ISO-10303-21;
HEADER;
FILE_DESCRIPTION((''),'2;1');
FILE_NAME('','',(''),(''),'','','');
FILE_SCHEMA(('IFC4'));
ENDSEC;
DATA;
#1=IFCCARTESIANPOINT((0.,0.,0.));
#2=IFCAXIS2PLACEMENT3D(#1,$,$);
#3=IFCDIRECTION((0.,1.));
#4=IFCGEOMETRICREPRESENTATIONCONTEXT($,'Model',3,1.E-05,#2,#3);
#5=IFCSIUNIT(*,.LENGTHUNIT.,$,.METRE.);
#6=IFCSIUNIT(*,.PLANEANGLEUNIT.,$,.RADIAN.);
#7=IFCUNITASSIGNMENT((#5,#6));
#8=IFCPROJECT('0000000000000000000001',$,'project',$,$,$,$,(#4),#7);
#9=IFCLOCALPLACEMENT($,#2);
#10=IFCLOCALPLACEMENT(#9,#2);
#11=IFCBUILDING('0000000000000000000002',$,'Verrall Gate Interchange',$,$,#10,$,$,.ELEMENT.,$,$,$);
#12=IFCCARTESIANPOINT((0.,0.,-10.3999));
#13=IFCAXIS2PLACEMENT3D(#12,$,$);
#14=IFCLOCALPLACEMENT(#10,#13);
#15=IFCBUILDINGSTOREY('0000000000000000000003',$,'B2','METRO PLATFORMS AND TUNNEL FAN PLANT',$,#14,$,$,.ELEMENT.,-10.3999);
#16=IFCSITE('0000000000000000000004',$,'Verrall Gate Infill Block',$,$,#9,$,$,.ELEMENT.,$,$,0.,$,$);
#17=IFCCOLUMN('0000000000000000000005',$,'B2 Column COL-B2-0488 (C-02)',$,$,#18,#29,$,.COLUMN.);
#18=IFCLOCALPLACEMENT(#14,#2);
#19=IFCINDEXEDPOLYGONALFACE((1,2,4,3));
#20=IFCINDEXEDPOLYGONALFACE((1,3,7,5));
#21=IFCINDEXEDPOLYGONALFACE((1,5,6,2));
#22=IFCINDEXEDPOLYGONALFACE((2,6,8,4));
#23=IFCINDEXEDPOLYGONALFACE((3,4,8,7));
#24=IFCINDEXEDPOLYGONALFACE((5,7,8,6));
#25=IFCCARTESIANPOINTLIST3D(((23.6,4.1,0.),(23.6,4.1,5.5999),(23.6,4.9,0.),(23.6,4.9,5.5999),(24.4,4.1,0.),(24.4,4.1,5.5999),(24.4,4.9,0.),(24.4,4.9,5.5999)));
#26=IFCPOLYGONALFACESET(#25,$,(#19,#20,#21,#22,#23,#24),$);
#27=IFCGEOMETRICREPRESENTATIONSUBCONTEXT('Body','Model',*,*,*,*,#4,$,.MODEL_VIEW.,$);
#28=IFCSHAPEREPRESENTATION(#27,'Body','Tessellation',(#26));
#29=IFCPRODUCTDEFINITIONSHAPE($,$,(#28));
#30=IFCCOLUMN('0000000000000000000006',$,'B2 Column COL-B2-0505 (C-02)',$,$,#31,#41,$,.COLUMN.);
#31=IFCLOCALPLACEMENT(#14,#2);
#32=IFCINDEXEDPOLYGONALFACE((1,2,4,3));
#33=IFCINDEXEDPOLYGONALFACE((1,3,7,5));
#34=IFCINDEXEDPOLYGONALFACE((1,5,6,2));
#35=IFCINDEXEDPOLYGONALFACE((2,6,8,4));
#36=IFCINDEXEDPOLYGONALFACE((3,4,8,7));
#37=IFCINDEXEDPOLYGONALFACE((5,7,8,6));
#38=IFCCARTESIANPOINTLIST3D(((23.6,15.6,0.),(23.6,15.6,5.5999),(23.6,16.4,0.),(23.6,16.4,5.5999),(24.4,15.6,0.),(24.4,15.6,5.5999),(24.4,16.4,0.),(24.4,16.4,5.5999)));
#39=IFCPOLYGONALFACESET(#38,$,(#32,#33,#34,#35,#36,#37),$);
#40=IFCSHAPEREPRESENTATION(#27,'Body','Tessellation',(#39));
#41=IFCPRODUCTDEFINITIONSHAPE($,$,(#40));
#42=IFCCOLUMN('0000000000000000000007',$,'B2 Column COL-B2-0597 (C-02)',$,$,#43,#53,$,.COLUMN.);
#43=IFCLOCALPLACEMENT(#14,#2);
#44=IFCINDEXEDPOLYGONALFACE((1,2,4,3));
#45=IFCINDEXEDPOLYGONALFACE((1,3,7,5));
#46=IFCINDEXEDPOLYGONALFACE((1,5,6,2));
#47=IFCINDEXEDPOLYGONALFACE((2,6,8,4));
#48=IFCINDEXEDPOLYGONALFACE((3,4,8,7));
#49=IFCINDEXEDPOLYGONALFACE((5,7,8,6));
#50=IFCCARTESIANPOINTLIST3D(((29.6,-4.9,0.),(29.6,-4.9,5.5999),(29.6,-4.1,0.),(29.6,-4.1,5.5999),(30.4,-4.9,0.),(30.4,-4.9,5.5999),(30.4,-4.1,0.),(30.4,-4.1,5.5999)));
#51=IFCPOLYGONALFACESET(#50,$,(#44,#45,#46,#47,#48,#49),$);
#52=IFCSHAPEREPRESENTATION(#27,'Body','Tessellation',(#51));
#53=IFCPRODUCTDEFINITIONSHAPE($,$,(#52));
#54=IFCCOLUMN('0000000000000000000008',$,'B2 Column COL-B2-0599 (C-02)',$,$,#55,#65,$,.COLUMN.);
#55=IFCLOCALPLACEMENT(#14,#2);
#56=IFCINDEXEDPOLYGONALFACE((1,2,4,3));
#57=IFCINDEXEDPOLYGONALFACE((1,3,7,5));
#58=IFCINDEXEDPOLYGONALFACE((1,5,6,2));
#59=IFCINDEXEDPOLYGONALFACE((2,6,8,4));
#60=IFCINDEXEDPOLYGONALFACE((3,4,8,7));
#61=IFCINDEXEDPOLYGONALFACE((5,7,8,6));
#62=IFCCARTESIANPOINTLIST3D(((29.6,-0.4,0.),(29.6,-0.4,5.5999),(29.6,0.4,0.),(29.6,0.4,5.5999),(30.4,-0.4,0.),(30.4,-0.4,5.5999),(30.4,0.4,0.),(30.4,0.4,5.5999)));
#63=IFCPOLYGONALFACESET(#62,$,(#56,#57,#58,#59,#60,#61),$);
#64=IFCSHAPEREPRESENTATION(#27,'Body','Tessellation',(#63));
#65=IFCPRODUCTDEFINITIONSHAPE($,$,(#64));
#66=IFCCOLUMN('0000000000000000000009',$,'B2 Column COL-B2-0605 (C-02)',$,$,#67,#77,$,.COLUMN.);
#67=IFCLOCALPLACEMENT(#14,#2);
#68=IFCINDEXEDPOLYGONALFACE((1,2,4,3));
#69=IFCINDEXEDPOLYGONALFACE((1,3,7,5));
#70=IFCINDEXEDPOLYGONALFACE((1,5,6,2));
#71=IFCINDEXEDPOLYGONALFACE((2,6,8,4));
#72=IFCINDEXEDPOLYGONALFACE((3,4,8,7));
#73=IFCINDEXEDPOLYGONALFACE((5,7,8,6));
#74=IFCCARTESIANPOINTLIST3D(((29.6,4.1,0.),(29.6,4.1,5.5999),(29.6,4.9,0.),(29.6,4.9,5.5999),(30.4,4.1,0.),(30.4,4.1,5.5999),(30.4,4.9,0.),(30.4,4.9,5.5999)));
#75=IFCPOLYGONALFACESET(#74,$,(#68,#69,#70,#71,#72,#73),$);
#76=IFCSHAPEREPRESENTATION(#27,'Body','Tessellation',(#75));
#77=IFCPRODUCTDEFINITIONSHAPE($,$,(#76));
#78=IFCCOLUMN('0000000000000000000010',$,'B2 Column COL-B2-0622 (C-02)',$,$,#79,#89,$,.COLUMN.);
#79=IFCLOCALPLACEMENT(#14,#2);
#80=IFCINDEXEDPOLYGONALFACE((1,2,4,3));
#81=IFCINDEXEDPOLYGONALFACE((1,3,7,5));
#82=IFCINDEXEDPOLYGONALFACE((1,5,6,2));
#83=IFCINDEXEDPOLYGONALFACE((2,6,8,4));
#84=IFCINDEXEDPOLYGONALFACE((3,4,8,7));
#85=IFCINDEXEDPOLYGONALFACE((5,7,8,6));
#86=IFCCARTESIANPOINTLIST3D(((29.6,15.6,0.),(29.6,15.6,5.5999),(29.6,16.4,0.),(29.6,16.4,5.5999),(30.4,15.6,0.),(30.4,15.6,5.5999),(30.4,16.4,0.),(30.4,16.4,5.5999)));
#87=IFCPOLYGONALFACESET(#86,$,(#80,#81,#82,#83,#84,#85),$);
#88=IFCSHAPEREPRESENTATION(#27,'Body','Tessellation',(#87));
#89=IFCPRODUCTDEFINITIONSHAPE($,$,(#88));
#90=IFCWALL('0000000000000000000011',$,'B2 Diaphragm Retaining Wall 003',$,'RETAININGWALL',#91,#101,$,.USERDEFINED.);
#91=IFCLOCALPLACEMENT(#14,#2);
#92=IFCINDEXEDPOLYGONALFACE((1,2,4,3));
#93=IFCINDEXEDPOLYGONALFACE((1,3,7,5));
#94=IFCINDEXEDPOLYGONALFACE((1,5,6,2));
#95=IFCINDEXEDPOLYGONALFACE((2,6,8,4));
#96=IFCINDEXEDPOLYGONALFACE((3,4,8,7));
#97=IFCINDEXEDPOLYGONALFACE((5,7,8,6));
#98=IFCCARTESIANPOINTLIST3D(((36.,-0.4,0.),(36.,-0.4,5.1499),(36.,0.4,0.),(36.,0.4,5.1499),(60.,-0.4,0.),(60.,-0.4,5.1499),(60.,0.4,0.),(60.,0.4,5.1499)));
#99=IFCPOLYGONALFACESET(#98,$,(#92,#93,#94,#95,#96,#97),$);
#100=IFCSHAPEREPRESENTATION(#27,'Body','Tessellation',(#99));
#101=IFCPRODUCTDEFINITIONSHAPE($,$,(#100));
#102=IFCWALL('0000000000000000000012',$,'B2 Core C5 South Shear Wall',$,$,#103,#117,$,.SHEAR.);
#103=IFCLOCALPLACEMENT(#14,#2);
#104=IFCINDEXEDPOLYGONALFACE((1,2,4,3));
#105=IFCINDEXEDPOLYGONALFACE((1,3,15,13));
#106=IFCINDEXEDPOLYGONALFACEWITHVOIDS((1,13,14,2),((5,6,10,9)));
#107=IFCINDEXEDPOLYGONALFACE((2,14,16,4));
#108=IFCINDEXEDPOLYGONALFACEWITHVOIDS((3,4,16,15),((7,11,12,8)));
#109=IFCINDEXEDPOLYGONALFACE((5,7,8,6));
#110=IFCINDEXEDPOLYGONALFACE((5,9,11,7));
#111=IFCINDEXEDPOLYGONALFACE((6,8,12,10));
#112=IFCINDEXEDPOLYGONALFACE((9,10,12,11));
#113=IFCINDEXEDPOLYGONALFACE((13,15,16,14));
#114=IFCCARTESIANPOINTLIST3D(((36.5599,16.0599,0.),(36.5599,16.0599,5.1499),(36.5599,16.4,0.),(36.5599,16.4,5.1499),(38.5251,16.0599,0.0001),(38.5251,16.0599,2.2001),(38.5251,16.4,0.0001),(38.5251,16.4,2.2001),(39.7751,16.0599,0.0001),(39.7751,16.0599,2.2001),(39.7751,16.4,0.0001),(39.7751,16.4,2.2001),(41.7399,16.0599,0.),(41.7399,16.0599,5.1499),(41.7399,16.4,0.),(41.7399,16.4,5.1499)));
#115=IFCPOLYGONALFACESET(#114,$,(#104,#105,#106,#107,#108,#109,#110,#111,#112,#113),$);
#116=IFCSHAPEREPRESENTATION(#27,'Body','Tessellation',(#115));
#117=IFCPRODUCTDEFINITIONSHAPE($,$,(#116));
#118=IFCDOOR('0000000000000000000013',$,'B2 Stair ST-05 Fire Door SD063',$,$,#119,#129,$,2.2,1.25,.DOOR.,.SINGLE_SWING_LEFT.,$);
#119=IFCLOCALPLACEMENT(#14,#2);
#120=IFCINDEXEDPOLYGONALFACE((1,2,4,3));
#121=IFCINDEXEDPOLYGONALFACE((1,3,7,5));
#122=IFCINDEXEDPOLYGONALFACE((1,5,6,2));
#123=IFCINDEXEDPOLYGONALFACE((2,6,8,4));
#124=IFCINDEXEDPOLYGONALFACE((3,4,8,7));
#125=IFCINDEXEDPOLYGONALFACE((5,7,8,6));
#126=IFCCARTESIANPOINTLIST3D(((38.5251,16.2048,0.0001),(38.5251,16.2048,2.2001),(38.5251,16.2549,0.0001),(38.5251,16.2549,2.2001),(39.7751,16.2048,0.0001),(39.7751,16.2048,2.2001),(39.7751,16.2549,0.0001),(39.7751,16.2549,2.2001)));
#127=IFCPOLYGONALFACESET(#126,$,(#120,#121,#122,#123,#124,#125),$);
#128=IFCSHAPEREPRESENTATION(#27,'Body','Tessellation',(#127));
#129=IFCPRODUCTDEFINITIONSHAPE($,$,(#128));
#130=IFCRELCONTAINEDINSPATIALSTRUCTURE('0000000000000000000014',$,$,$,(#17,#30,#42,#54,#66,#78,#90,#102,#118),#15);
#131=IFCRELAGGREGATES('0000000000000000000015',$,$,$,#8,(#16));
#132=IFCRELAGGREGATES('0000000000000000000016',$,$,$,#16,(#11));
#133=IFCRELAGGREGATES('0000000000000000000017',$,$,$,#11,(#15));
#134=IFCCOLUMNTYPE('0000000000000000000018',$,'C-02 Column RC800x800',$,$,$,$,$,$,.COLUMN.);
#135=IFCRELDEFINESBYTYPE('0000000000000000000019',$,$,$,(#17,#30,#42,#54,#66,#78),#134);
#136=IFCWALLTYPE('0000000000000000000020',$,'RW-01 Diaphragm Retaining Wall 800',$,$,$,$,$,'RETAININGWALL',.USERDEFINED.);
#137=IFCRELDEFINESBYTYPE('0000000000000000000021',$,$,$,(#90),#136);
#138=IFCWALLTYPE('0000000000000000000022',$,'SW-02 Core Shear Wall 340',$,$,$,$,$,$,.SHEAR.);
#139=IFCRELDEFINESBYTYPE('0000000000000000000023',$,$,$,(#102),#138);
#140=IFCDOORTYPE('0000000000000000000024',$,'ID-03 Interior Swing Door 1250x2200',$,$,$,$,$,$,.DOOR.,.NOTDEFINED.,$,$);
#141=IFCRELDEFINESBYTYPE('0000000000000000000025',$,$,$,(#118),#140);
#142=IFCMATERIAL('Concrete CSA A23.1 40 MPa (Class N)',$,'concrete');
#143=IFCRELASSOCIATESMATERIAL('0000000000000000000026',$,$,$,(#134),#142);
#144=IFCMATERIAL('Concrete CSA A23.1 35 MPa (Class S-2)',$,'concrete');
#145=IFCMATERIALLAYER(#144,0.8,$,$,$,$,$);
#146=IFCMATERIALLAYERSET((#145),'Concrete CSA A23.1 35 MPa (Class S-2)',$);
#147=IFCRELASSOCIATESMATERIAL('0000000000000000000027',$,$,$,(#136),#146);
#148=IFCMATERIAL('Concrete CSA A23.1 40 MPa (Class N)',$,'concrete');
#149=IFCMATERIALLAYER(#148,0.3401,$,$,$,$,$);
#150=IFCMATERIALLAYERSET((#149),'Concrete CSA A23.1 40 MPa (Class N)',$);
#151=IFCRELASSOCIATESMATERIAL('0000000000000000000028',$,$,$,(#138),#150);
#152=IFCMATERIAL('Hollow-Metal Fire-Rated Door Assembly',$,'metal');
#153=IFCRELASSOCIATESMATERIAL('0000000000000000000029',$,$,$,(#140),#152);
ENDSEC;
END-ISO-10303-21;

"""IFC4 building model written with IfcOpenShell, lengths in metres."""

from ifc_helpers import new_model, si_unit, direction, frame, frame_2d, origin, origin_2d, place, context, subcontext, project, spatial, rectangle, extrude, material, layer, layer_set, material_profile, profile_set, type_object, element, fill, save


model = new_model("IFC4")

# Units and contexts
model_context = context("Model", 3, precision=1e-05, world=origin(), true_north=direction((0.0, 1.0)))
body_context = subcontext(model_context, "Body", "Model", "MODEL_VIEW")
ifc_project = project(units=[si_unit("LENGTHUNIT", "METRE"), si_unit("PLANEANGLEUNIT", "RADIAN")], contexts=[model_context])

# Site, building, storey
site_placement = place(None, origin())
site = spatial("IfcSite", under=ifc_project, at=site_placement, Name="Verrall Gate Infill Block", CompositionType="ELEMENT", RefElevation=0.0)
building_placement = place(site_placement, origin())
building = spatial("IfcBuilding", under=site, at=building_placement, Name="Verrall Gate Interchange", CompositionType="ELEMENT")
storey_placement = place(building_placement, frame((0.0, 0.0, -10.3999)))
storey = spatial("IfcBuildingStorey", under=building, at=storey_placement, Name="B2", Description="METRO PLATFORMS AND TUNNEL FAN PLANT", CompositionType="ELEMENT", Elevation=-10.3999)

# Columns
ifc_material_1 = material(Name="Concrete CSA A23.1 40 MPa (Class N)", Category="concrete")
ifc_material_profile_1 = material_profile(ifc_material_1, rectangle(XDim=0.8, YDim=0.8, at=origin_2d()), Name="RC800x800")
ifc_profile_set_1 = profile_set([ifc_material_profile_1], Name="Concrete CSA A23.1 40 MPa (Class N)")
column_type_1 = type_object("IfcColumnType", Name="C-02 Column RC800x800", PredefinedType="COLUMN", material=ifc_profile_set_1)
for number, where, z_axis, x_axis, name in (
    (1, (24.0, 4.5, 0.0), (0.0, 0.0, 1.0), (1.0, 0.0, 0.0), "B2 Column COL-B2-0488 (C-02)"),
    (2, (24.0, 16.0, 0.0), (0.0, 0.0, 1.0), (1.0, 0.0, 0.0), "B2 Column COL-B2-0505 (C-02)"),
    (3, (30.0, -4.5, 0.0), (0.0, 0.0, 1.0), (1.0, 0.0, 0.0), "B2 Column COL-B2-0597 (C-02)"),
    (4, (30.0, 0.0, 0.0), (0.0, 0.0, 1.0), (1.0, 0.0, 0.0), "B2 Column COL-B2-0599 (C-02)"),
    (5, (30.0, 4.5, 0.0), (0.0, 0.0, 1.0), (1.0, 0.0, 0.0), "B2 Column COL-B2-0605 (C-02)"),
    (6, (30.0, 16.0, 0.0), (0.0, 0.0, 1.0), (1.0, 0.0, 0.0), "B2 Column COL-B2-0622 (C-02)"),
):
    element("IfcColumn", number, at=place(storey_placement, frame(where, z_axis=z_axis, x_axis=x_axis)), inside=storey, type_object=column_type_1, Name=name, PredefinedType="COLUMN", context=body_context, shape_type="SweptSolid", body=[
        extrude(rectangle(XDim=0.8, YDim=0.8, at=origin_2d()), origin(), (0.0, 0.0, 1.0), 5.5999),
    ])

# Wall
ifc_material_2 = material(Name="Concrete CSA A23.1 35 MPa (Class S-2)", Category="concrete")
ifc_layer_1 = layer(ifc_material_2, 0.8)
ifc_layer_set_1 = layer_set([ifc_layer_1], Name="Concrete CSA A23.1 35 MPa (Class S-2)")
wall_type_1 = type_object("IfcWallType", Name="RW-01 Diaphragm Retaining Wall 800", ElementType="RETAININGWALL", PredefinedType="USERDEFINED", material=ifc_layer_set_1)
wall_1_placement = place(storey_placement, frame((36.0, 0.0, 0.0), z_axis=(0.0, 0.0, 1.0), x_axis=(1.0, 0.0, 0.0)))
element("IfcWall", 7, at=wall_1_placement, inside=storey, type_object=wall_type_1, Name="B2 Diaphragm Retaining Wall 003", ObjectType="RETAININGWALL", PredefinedType="USERDEFINED", context=body_context, shape_type="SweptSolid", body=[
    extrude(rectangle(XDim=24.0, YDim=0.8, at=frame_2d((12.0, 0.0))), origin(), (0.0, 0.0, 1.0), 5.1499),
])

# Wall, opening, door
ifc_material_3 = material(Name="Concrete CSA A23.1 40 MPa (Class N)", Category="concrete")
ifc_layer_2 = layer(ifc_material_3, 0.3401)
ifc_layer_set_2 = layer_set([ifc_layer_2], Name="Concrete CSA A23.1 40 MPa (Class N)")
wall_type_2 = type_object("IfcWallType", Name="SW-02 Core Shear Wall 340", PredefinedType="SHEAR", material=ifc_layer_set_2)
wall_2_placement = place(storey_placement, frame((36.5601, 16.23, 0.0), z_axis=(0.0, 0.0, 1.0), x_axis=(1.0, 0.0, 0.0)))
wall_2 = element("IfcWall", 8, at=wall_2_placement, inside=storey, type_object=wall_type_2, Name="B2 Core C5 South Shear Wall", PredefinedType="SHEAR", context=body_context, shape_type="SweptSolid", body=[
    extrude(rectangle(XDim=5.1799, YDim=0.3401, at=frame_2d((2.5898, 0.0))), origin(), (0.0, 0.0, 1.0), 5.1499),
])
opening_placement = place(wall_2_placement, frame((1.9651, 0.0, 0.0)))
opening = element("IfcOpeningElement", 9, at=opening_placement, cuts=wall_2, PredefinedType="OPENING", context=body_context, shape_type="SweptSolid", body=[
    extrude(rectangle(XDim=1.25, YDim=2.2, at=frame_2d((0.625, 1.1001))), frame((0.0, 0.1851, 0.0), z_axis=(0.0, -1.0, 0.0), x_axis=(1.0, 0.0, 0.0)), (0.0, 0.0, 1.0), 0.3699),
])
ifc_material_4 = material(Name="Hollow-Metal Fire-Rated Door Assembly", Category="metal")
door_type = type_object("IfcDoorType", Name="ID-03 Interior Swing Door 1250x2200", OperationType="NOTDEFINED", PredefinedType="DOOR", material=ifc_material_4)
door_placement = place(opening_placement, origin())
door = element("IfcDoor", 10, at=door_placement, inside=storey, type_object=door_type, Name="B2 Stair ST-05 Fire Door SD063", OperationType="SINGLE_SWING_LEFT", OverallHeight=2.2, OverallWidth=1.25, PredefinedType="DOOR", context=body_context, shape_type="SweptSolid", body=[
    extrude(rectangle(XDim=1.25, YDim=2.2, at=frame_2d((0.625, 1.1001))), frame((0.0, 0.0249, 0.0), z_axis=(0.0, -1.0, 0.0), x_axis=(1.0, 0.0, 0.0)), (0.0, 0.0, 1.0), 0.05),
])
fill(opening, door)

save(model, "model.ifc")
